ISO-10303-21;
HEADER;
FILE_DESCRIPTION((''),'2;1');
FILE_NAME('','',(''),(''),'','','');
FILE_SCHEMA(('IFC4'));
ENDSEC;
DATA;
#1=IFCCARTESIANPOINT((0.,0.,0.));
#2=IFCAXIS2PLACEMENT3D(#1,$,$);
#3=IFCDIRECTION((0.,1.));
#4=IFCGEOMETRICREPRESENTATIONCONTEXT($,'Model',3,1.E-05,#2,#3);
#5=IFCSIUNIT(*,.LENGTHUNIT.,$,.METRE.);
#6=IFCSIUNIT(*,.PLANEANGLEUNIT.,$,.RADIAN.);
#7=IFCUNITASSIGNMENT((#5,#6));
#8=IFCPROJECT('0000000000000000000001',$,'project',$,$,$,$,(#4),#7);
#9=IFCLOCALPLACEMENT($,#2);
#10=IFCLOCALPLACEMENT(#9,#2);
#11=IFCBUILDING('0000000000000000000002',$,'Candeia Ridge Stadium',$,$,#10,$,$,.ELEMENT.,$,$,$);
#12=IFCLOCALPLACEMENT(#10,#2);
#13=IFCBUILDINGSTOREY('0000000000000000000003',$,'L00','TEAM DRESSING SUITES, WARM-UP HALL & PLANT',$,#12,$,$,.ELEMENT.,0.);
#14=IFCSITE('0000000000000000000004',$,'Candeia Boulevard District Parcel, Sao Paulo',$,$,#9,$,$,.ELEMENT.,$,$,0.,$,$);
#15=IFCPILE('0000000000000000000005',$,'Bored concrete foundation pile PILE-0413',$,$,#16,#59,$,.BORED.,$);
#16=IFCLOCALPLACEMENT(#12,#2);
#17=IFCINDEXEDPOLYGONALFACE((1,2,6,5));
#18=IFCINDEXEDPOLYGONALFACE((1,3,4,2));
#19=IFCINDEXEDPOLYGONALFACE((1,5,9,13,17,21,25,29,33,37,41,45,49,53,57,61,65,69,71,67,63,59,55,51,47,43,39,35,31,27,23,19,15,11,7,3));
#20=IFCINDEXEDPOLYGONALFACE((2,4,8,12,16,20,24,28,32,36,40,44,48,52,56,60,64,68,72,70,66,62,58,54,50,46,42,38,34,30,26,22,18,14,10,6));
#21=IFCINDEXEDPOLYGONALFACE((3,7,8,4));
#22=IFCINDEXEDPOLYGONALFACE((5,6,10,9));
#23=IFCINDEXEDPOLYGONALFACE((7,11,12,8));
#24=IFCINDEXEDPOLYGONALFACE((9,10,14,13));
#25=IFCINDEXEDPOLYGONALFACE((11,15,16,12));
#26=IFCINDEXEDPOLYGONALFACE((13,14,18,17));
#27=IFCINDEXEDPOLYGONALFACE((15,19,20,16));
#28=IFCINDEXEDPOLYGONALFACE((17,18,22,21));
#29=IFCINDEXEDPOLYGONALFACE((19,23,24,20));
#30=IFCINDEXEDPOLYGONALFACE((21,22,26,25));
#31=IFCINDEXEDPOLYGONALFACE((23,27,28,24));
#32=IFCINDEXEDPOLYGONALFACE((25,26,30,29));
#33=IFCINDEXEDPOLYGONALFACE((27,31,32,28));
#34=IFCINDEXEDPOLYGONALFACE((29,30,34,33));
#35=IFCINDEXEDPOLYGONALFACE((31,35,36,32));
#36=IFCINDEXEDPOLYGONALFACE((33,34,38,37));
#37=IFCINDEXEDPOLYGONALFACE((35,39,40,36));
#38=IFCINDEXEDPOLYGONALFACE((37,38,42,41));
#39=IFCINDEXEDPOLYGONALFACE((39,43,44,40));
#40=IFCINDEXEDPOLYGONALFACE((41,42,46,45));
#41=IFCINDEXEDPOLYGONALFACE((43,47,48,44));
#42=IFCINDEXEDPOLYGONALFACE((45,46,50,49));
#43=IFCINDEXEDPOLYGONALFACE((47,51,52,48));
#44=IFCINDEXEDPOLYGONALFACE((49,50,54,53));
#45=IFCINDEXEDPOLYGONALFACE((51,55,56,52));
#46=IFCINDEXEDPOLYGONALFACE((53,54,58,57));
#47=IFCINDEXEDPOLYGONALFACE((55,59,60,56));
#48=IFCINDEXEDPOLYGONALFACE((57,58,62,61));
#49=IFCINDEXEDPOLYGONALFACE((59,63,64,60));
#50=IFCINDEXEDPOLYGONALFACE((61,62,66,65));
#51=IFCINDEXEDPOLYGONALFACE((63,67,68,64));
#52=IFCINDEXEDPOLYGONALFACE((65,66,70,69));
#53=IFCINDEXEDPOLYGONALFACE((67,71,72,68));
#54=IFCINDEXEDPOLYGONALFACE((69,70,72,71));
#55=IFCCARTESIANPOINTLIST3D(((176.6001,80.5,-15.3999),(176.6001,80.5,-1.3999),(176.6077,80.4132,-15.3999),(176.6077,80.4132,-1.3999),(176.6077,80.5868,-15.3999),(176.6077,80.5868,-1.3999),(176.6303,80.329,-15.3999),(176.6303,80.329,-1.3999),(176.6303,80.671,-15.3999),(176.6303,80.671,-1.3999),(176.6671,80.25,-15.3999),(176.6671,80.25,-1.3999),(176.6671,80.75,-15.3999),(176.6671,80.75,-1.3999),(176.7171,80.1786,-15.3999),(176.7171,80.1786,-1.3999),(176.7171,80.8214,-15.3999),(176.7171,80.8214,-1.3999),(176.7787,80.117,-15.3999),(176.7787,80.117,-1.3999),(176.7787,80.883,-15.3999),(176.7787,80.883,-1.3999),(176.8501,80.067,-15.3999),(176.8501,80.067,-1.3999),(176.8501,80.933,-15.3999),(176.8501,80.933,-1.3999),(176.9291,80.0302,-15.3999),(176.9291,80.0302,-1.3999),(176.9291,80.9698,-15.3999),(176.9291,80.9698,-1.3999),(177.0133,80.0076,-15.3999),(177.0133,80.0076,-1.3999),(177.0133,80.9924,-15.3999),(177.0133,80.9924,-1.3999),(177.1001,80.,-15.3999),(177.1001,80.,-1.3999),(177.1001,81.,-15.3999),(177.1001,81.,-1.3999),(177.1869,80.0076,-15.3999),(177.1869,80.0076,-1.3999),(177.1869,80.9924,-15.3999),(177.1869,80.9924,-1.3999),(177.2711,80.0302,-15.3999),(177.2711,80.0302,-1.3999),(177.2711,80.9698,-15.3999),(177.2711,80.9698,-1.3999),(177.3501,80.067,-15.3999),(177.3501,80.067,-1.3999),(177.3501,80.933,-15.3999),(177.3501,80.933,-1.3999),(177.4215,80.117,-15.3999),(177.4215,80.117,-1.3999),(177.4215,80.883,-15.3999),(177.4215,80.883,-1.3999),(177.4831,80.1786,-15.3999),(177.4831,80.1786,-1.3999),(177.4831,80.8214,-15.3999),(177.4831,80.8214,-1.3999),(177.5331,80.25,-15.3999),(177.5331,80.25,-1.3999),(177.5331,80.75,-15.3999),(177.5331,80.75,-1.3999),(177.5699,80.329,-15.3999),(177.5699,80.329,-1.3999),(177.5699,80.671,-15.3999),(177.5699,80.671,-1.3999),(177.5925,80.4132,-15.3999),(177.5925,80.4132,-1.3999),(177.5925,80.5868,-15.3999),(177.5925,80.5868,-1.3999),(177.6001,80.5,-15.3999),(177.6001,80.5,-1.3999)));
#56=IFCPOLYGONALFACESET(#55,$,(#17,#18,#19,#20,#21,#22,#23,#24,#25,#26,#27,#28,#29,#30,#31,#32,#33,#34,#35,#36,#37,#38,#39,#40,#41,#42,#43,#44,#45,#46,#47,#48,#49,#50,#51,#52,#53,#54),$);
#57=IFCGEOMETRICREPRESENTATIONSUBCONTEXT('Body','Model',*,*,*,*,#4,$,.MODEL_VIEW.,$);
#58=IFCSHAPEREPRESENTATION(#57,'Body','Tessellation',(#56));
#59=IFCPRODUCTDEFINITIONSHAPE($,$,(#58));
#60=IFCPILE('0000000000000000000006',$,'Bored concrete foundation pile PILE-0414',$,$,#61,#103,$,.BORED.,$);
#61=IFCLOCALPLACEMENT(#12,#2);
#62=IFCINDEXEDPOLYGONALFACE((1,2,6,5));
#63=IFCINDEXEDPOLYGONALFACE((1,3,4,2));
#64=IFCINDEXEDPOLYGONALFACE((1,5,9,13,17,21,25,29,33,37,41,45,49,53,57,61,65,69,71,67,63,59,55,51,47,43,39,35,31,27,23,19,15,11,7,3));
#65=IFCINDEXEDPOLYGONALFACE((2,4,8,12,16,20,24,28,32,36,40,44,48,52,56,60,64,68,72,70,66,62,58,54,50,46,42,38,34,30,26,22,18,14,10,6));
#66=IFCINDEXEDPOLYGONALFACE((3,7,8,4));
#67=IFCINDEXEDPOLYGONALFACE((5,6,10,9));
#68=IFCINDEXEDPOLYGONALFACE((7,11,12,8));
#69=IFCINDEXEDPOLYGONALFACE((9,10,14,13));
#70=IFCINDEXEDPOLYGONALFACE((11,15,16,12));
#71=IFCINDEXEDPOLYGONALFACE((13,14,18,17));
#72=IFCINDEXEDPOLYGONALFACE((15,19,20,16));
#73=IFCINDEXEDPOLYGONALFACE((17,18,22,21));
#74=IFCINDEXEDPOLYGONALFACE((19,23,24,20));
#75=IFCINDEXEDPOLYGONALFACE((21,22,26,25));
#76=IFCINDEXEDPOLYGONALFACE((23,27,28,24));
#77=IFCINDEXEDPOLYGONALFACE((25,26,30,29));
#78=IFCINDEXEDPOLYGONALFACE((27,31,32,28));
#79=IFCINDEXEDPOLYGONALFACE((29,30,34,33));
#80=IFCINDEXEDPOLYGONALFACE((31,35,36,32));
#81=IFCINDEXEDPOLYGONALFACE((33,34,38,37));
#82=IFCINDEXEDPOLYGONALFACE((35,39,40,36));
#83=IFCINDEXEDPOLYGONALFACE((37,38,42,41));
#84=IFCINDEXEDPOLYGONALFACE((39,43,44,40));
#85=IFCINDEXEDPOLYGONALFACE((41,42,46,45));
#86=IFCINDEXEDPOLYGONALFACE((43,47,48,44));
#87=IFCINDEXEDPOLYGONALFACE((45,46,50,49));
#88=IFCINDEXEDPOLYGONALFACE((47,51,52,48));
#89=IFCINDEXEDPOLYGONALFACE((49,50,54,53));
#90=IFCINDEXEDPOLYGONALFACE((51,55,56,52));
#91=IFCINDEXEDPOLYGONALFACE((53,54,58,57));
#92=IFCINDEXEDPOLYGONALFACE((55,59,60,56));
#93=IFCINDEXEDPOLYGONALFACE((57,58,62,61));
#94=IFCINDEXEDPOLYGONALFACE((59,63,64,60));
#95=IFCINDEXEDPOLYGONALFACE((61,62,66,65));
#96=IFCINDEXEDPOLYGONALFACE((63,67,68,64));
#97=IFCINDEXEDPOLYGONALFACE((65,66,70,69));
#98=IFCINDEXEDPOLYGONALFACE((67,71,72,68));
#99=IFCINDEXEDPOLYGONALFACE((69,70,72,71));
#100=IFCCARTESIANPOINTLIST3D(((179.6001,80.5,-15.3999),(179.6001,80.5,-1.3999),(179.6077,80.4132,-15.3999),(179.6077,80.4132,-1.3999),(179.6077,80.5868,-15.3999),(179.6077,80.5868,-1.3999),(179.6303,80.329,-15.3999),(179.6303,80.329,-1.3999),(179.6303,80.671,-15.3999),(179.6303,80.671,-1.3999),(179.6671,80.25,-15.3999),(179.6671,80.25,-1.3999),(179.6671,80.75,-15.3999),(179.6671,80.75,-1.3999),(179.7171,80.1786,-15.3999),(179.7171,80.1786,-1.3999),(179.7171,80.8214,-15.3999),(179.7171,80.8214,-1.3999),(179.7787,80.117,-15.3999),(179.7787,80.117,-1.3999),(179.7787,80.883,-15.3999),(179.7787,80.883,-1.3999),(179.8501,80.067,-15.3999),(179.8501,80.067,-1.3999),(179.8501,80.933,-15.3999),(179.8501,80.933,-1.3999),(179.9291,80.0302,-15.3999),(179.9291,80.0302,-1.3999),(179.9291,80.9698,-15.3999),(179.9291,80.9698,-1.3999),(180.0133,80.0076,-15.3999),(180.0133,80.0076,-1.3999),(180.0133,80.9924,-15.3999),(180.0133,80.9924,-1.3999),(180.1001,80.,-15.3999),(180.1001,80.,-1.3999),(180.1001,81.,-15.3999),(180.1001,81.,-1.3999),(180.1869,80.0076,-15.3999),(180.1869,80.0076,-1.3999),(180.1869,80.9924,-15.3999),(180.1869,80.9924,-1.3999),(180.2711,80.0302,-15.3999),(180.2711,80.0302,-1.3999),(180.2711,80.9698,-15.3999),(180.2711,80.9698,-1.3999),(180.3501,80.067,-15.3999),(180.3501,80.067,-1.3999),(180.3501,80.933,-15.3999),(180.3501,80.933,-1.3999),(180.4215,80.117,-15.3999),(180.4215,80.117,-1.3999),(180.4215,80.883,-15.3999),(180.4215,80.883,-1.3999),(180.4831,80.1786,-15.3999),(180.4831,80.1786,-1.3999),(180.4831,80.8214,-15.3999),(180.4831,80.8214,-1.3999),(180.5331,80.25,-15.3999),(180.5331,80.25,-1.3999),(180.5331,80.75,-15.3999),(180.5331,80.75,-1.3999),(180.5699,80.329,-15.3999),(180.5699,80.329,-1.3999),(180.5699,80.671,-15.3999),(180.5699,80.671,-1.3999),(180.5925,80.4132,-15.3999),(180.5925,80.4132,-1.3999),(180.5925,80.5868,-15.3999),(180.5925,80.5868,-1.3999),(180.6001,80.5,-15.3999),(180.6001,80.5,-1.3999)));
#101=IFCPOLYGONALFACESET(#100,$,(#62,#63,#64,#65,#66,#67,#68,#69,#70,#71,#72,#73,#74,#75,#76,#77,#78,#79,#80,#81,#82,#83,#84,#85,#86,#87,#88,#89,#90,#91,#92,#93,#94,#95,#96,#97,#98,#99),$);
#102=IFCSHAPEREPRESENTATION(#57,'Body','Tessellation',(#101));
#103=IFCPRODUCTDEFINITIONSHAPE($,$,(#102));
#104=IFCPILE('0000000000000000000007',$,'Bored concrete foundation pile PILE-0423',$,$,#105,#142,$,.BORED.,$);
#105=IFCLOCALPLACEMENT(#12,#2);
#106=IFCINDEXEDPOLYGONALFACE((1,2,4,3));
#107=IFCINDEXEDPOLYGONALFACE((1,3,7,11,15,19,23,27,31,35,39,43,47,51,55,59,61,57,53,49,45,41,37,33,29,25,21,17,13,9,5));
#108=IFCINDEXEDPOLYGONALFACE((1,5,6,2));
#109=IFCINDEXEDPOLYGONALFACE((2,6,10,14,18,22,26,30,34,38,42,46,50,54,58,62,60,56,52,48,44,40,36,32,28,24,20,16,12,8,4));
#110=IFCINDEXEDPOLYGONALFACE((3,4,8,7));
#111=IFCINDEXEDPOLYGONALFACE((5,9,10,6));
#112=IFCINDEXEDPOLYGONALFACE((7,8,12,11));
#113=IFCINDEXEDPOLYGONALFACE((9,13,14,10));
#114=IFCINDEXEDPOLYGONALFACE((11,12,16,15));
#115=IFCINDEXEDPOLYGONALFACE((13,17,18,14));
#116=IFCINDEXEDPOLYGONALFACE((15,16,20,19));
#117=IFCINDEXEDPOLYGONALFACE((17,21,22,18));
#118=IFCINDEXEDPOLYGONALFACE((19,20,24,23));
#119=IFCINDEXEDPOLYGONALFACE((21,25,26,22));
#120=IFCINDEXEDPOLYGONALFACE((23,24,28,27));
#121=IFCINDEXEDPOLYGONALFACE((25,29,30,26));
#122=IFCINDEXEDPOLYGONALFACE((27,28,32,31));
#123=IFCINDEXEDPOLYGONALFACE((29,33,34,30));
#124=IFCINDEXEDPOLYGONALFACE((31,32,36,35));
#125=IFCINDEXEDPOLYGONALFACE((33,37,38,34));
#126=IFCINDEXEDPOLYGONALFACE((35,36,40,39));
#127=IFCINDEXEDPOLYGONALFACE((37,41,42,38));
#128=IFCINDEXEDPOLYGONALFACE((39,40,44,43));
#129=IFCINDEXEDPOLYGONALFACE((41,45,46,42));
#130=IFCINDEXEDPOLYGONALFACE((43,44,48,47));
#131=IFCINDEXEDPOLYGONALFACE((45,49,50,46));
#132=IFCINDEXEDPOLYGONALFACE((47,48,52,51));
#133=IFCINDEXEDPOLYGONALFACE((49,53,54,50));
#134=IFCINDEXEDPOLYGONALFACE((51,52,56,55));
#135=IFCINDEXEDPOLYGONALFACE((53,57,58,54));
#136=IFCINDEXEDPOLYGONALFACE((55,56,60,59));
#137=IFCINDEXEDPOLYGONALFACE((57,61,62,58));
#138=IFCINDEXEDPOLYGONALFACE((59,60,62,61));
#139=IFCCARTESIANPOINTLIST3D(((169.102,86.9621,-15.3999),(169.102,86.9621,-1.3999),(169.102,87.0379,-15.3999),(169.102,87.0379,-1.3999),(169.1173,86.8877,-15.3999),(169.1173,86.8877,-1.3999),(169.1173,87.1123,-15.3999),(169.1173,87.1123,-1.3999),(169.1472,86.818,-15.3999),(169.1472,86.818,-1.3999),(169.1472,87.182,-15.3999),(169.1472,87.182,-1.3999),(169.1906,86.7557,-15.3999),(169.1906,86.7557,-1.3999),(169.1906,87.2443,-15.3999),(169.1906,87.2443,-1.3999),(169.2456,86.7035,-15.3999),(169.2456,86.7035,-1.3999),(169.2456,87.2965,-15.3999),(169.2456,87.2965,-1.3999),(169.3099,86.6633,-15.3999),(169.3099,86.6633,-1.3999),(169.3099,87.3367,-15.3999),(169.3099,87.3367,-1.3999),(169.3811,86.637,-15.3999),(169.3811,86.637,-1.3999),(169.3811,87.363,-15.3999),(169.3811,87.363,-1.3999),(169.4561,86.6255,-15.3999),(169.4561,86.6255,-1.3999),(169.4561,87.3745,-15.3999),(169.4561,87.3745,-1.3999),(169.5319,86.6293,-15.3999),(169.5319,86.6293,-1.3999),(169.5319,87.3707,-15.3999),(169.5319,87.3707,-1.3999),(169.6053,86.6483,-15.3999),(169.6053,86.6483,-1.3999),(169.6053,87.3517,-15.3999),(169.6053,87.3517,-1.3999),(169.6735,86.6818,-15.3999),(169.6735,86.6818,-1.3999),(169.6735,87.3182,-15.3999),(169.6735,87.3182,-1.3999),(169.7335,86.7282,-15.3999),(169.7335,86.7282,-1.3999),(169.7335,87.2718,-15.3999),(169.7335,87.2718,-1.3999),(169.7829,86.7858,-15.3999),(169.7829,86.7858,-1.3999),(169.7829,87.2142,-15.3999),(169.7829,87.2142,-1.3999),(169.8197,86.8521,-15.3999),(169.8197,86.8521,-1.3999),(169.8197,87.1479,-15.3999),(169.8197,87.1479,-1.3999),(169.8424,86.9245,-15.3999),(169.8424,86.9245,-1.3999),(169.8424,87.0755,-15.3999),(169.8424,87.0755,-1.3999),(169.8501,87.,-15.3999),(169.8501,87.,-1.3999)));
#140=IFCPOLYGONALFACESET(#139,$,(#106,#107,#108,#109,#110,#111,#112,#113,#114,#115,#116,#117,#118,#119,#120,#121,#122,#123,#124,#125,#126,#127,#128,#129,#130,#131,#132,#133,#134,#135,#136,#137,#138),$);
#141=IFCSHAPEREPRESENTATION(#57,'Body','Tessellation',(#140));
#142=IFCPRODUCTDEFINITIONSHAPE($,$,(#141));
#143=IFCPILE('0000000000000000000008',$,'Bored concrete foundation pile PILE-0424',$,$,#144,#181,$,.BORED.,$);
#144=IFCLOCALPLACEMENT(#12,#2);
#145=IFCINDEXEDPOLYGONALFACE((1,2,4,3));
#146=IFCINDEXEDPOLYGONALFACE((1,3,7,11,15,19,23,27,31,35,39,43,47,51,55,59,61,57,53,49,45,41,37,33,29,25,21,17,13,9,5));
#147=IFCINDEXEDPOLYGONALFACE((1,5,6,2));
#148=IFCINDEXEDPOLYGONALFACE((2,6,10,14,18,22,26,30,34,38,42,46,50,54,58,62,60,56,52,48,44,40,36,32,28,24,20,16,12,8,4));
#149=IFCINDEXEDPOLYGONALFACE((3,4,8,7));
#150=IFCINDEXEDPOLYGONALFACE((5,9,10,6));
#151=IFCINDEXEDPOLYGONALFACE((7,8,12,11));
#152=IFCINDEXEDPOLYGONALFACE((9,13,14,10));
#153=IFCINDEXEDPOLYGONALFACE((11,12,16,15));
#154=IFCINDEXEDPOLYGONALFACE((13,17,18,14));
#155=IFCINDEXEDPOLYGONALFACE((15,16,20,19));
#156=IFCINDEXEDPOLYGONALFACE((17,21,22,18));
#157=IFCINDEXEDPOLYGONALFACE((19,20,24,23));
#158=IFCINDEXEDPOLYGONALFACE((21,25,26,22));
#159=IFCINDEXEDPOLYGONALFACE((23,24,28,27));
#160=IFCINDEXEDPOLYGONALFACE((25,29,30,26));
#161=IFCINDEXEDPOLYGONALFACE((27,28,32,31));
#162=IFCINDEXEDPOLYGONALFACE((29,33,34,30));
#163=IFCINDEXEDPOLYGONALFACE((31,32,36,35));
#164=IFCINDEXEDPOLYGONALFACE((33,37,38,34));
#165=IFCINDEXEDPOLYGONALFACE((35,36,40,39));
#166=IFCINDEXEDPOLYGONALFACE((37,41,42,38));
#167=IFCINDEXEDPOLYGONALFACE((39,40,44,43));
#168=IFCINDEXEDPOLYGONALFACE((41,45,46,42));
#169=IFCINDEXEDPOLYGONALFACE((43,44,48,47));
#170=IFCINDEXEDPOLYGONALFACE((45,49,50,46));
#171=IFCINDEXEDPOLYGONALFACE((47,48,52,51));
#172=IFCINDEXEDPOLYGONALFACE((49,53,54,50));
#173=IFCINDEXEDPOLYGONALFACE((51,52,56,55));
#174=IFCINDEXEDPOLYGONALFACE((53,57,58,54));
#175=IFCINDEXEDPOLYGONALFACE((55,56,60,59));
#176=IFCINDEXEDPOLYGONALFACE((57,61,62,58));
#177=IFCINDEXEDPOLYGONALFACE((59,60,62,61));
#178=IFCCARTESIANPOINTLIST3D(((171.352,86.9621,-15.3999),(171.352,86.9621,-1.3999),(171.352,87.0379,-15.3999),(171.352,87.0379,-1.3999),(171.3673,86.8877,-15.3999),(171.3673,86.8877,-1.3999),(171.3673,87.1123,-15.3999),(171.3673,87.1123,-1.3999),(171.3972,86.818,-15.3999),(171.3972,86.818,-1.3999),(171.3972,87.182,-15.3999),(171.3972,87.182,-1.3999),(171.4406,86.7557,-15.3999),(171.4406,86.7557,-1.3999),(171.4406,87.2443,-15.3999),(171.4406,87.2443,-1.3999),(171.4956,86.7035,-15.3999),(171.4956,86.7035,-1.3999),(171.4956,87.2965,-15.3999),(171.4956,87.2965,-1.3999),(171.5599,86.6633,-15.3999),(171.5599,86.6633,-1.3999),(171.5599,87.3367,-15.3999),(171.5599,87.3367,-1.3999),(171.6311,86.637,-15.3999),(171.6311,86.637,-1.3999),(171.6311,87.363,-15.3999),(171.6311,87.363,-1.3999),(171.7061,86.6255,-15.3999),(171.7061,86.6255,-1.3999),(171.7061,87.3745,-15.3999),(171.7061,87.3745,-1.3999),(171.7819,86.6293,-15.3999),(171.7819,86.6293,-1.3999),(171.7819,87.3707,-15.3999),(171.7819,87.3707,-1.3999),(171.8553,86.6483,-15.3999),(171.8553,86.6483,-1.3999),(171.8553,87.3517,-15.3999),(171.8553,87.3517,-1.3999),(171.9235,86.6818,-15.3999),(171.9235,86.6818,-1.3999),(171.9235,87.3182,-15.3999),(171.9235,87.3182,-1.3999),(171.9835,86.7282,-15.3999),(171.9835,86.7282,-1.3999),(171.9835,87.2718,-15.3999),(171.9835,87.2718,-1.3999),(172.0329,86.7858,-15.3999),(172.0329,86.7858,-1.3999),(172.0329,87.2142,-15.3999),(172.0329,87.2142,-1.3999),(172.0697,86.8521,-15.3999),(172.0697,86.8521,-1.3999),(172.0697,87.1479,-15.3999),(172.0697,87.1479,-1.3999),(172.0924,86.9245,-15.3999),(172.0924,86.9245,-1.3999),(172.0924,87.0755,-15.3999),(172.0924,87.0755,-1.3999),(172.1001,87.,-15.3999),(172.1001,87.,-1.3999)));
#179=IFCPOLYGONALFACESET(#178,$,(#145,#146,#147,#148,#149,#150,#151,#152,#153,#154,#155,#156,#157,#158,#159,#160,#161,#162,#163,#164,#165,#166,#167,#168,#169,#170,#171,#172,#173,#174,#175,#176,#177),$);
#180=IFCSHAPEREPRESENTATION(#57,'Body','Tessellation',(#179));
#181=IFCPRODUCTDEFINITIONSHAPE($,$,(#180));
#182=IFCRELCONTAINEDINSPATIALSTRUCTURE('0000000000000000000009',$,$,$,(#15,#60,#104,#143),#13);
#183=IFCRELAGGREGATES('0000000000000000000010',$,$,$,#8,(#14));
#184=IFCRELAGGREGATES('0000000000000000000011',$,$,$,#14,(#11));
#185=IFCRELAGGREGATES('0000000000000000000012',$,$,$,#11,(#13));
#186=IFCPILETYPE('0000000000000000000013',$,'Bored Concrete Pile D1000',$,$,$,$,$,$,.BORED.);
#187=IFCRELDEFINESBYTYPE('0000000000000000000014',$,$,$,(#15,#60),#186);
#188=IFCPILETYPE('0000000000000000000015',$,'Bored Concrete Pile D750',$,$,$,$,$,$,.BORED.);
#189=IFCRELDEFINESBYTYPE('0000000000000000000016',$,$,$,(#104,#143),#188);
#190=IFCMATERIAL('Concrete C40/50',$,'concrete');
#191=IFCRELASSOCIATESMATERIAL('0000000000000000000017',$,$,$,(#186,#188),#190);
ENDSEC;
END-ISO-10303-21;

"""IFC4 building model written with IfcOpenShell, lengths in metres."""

from ifc_helpers import new_model, si_unit, direction, frame, origin, origin_2d, place, context, subcontext, project, spatial, circle, extrude, material, material_profile, profile_set, type_object, element, save


model = new_model("IFC4")

# Units and contexts
model_context = context("Model", 3, precision=1e-05, world=origin(), true_north=direction((0.0, 1.0)))
body_context = subcontext(model_context, "Body", "Model", "MODEL_VIEW")
ifc_project = project(units=[si_unit("LENGTHUNIT", "METRE"), si_unit("PLANEANGLEUNIT", "RADIAN")], contexts=[model_context])

# Site, building, storey
site_placement = place(None, origin())
site = spatial("IfcSite", under=ifc_project, at=site_placement, Name="Candeia Boulevard District Parcel, Sao Paulo", CompositionType="ELEMENT", RefElevation=0.0)
building_placement = place(site_placement, origin())
building = spatial("IfcBuilding", under=site, at=building_placement, Name="Candeia Ridge Stadium", CompositionType="ELEMENT")
storey_placement = place(building_placement, origin())
storey = spatial("IfcBuildingStorey", under=building, at=storey_placement, Name="L00", Description="TEAM DRESSING SUITES, WARM-UP HALL & PLANT", CompositionType="ELEMENT", Elevation=0.0)

# Piles
ifc_material_1 = material(Name="Concrete C40/50", Category="concrete")
ifc_material_profile_1 = material_profile(ifc_material_1, circle(Radius=0.5, at=origin_2d()), Name="PILE-D1000", Category="concrete")
ifc_profile_set_1 = profile_set([ifc_material_profile_1], Name="Concrete C40/50")
pile_type_1 = type_object("IfcPileType", Name="Bored Concrete Pile D1000", PredefinedType="BORED", material=ifc_profile_set_1)
for number, where, z_axis, x_axis, name in (
    (1, (177.1001, 80.5, -1.3999), (0.0, 0.0, -1.0), (1.0, 0.0, 0.0), "Bored concrete foundation pile PILE-0413"),
    (2, (180.1001, 80.5, -1.3999), (0.0, 0.0, -1.0), (1.0, 0.0, 0.0), "Bored concrete foundation pile PILE-0414"),
):
    element("IfcPile", number, at=place(storey_placement, frame(where, z_axis=z_axis, x_axis=x_axis)), inside=storey, type_object=pile_type_1, Name=name, PredefinedType="BORED", context=body_context, shape_type="SweptSolid", body=[
        extrude(circle(Radius=0.5, at=origin_2d()), origin(), (0.0, 0.0, 1.0), 14.0),
    ])
ifc_material_profile_2 = material_profile(ifc_material_1, circle(Radius=0.375, at=origin_2d()), Name="PILE-D750", Category="concrete")
ifc_profile_set_2 = profile_set([ifc_material_profile_2], Name="Concrete C40/50")
pile_type_2 = type_object("IfcPileType", Name="Bored Concrete Pile D750", PredefinedType="BORED", material=ifc_profile_set_2)
for number, where, z_axis, x_axis, name in (
    (3, (169.4751, 87.0, -1.3999), (0.0, 0.0, -1.0), (1.0, 0.0, 0.0), "Bored concrete foundation pile PILE-0423"),
    (4, (171.7251, 87.0, -1.3999), (0.0, 0.0, -1.0), (1.0, 0.0, 0.0), "Bored concrete foundation pile PILE-0424"),
):
    element("IfcPile", number, at=place(storey_placement, frame(where, z_axis=z_axis, x_axis=x_axis)), inside=storey, type_object=pile_type_2, Name=name, PredefinedType="BORED", context=body_context, shape_type="SweptSolid", body=[
        extrude(circle(Radius=0.375, at=origin_2d()), origin(), (0.0, 0.0, 1.0), 14.0),
    ])

save(model, "model.ifc")
